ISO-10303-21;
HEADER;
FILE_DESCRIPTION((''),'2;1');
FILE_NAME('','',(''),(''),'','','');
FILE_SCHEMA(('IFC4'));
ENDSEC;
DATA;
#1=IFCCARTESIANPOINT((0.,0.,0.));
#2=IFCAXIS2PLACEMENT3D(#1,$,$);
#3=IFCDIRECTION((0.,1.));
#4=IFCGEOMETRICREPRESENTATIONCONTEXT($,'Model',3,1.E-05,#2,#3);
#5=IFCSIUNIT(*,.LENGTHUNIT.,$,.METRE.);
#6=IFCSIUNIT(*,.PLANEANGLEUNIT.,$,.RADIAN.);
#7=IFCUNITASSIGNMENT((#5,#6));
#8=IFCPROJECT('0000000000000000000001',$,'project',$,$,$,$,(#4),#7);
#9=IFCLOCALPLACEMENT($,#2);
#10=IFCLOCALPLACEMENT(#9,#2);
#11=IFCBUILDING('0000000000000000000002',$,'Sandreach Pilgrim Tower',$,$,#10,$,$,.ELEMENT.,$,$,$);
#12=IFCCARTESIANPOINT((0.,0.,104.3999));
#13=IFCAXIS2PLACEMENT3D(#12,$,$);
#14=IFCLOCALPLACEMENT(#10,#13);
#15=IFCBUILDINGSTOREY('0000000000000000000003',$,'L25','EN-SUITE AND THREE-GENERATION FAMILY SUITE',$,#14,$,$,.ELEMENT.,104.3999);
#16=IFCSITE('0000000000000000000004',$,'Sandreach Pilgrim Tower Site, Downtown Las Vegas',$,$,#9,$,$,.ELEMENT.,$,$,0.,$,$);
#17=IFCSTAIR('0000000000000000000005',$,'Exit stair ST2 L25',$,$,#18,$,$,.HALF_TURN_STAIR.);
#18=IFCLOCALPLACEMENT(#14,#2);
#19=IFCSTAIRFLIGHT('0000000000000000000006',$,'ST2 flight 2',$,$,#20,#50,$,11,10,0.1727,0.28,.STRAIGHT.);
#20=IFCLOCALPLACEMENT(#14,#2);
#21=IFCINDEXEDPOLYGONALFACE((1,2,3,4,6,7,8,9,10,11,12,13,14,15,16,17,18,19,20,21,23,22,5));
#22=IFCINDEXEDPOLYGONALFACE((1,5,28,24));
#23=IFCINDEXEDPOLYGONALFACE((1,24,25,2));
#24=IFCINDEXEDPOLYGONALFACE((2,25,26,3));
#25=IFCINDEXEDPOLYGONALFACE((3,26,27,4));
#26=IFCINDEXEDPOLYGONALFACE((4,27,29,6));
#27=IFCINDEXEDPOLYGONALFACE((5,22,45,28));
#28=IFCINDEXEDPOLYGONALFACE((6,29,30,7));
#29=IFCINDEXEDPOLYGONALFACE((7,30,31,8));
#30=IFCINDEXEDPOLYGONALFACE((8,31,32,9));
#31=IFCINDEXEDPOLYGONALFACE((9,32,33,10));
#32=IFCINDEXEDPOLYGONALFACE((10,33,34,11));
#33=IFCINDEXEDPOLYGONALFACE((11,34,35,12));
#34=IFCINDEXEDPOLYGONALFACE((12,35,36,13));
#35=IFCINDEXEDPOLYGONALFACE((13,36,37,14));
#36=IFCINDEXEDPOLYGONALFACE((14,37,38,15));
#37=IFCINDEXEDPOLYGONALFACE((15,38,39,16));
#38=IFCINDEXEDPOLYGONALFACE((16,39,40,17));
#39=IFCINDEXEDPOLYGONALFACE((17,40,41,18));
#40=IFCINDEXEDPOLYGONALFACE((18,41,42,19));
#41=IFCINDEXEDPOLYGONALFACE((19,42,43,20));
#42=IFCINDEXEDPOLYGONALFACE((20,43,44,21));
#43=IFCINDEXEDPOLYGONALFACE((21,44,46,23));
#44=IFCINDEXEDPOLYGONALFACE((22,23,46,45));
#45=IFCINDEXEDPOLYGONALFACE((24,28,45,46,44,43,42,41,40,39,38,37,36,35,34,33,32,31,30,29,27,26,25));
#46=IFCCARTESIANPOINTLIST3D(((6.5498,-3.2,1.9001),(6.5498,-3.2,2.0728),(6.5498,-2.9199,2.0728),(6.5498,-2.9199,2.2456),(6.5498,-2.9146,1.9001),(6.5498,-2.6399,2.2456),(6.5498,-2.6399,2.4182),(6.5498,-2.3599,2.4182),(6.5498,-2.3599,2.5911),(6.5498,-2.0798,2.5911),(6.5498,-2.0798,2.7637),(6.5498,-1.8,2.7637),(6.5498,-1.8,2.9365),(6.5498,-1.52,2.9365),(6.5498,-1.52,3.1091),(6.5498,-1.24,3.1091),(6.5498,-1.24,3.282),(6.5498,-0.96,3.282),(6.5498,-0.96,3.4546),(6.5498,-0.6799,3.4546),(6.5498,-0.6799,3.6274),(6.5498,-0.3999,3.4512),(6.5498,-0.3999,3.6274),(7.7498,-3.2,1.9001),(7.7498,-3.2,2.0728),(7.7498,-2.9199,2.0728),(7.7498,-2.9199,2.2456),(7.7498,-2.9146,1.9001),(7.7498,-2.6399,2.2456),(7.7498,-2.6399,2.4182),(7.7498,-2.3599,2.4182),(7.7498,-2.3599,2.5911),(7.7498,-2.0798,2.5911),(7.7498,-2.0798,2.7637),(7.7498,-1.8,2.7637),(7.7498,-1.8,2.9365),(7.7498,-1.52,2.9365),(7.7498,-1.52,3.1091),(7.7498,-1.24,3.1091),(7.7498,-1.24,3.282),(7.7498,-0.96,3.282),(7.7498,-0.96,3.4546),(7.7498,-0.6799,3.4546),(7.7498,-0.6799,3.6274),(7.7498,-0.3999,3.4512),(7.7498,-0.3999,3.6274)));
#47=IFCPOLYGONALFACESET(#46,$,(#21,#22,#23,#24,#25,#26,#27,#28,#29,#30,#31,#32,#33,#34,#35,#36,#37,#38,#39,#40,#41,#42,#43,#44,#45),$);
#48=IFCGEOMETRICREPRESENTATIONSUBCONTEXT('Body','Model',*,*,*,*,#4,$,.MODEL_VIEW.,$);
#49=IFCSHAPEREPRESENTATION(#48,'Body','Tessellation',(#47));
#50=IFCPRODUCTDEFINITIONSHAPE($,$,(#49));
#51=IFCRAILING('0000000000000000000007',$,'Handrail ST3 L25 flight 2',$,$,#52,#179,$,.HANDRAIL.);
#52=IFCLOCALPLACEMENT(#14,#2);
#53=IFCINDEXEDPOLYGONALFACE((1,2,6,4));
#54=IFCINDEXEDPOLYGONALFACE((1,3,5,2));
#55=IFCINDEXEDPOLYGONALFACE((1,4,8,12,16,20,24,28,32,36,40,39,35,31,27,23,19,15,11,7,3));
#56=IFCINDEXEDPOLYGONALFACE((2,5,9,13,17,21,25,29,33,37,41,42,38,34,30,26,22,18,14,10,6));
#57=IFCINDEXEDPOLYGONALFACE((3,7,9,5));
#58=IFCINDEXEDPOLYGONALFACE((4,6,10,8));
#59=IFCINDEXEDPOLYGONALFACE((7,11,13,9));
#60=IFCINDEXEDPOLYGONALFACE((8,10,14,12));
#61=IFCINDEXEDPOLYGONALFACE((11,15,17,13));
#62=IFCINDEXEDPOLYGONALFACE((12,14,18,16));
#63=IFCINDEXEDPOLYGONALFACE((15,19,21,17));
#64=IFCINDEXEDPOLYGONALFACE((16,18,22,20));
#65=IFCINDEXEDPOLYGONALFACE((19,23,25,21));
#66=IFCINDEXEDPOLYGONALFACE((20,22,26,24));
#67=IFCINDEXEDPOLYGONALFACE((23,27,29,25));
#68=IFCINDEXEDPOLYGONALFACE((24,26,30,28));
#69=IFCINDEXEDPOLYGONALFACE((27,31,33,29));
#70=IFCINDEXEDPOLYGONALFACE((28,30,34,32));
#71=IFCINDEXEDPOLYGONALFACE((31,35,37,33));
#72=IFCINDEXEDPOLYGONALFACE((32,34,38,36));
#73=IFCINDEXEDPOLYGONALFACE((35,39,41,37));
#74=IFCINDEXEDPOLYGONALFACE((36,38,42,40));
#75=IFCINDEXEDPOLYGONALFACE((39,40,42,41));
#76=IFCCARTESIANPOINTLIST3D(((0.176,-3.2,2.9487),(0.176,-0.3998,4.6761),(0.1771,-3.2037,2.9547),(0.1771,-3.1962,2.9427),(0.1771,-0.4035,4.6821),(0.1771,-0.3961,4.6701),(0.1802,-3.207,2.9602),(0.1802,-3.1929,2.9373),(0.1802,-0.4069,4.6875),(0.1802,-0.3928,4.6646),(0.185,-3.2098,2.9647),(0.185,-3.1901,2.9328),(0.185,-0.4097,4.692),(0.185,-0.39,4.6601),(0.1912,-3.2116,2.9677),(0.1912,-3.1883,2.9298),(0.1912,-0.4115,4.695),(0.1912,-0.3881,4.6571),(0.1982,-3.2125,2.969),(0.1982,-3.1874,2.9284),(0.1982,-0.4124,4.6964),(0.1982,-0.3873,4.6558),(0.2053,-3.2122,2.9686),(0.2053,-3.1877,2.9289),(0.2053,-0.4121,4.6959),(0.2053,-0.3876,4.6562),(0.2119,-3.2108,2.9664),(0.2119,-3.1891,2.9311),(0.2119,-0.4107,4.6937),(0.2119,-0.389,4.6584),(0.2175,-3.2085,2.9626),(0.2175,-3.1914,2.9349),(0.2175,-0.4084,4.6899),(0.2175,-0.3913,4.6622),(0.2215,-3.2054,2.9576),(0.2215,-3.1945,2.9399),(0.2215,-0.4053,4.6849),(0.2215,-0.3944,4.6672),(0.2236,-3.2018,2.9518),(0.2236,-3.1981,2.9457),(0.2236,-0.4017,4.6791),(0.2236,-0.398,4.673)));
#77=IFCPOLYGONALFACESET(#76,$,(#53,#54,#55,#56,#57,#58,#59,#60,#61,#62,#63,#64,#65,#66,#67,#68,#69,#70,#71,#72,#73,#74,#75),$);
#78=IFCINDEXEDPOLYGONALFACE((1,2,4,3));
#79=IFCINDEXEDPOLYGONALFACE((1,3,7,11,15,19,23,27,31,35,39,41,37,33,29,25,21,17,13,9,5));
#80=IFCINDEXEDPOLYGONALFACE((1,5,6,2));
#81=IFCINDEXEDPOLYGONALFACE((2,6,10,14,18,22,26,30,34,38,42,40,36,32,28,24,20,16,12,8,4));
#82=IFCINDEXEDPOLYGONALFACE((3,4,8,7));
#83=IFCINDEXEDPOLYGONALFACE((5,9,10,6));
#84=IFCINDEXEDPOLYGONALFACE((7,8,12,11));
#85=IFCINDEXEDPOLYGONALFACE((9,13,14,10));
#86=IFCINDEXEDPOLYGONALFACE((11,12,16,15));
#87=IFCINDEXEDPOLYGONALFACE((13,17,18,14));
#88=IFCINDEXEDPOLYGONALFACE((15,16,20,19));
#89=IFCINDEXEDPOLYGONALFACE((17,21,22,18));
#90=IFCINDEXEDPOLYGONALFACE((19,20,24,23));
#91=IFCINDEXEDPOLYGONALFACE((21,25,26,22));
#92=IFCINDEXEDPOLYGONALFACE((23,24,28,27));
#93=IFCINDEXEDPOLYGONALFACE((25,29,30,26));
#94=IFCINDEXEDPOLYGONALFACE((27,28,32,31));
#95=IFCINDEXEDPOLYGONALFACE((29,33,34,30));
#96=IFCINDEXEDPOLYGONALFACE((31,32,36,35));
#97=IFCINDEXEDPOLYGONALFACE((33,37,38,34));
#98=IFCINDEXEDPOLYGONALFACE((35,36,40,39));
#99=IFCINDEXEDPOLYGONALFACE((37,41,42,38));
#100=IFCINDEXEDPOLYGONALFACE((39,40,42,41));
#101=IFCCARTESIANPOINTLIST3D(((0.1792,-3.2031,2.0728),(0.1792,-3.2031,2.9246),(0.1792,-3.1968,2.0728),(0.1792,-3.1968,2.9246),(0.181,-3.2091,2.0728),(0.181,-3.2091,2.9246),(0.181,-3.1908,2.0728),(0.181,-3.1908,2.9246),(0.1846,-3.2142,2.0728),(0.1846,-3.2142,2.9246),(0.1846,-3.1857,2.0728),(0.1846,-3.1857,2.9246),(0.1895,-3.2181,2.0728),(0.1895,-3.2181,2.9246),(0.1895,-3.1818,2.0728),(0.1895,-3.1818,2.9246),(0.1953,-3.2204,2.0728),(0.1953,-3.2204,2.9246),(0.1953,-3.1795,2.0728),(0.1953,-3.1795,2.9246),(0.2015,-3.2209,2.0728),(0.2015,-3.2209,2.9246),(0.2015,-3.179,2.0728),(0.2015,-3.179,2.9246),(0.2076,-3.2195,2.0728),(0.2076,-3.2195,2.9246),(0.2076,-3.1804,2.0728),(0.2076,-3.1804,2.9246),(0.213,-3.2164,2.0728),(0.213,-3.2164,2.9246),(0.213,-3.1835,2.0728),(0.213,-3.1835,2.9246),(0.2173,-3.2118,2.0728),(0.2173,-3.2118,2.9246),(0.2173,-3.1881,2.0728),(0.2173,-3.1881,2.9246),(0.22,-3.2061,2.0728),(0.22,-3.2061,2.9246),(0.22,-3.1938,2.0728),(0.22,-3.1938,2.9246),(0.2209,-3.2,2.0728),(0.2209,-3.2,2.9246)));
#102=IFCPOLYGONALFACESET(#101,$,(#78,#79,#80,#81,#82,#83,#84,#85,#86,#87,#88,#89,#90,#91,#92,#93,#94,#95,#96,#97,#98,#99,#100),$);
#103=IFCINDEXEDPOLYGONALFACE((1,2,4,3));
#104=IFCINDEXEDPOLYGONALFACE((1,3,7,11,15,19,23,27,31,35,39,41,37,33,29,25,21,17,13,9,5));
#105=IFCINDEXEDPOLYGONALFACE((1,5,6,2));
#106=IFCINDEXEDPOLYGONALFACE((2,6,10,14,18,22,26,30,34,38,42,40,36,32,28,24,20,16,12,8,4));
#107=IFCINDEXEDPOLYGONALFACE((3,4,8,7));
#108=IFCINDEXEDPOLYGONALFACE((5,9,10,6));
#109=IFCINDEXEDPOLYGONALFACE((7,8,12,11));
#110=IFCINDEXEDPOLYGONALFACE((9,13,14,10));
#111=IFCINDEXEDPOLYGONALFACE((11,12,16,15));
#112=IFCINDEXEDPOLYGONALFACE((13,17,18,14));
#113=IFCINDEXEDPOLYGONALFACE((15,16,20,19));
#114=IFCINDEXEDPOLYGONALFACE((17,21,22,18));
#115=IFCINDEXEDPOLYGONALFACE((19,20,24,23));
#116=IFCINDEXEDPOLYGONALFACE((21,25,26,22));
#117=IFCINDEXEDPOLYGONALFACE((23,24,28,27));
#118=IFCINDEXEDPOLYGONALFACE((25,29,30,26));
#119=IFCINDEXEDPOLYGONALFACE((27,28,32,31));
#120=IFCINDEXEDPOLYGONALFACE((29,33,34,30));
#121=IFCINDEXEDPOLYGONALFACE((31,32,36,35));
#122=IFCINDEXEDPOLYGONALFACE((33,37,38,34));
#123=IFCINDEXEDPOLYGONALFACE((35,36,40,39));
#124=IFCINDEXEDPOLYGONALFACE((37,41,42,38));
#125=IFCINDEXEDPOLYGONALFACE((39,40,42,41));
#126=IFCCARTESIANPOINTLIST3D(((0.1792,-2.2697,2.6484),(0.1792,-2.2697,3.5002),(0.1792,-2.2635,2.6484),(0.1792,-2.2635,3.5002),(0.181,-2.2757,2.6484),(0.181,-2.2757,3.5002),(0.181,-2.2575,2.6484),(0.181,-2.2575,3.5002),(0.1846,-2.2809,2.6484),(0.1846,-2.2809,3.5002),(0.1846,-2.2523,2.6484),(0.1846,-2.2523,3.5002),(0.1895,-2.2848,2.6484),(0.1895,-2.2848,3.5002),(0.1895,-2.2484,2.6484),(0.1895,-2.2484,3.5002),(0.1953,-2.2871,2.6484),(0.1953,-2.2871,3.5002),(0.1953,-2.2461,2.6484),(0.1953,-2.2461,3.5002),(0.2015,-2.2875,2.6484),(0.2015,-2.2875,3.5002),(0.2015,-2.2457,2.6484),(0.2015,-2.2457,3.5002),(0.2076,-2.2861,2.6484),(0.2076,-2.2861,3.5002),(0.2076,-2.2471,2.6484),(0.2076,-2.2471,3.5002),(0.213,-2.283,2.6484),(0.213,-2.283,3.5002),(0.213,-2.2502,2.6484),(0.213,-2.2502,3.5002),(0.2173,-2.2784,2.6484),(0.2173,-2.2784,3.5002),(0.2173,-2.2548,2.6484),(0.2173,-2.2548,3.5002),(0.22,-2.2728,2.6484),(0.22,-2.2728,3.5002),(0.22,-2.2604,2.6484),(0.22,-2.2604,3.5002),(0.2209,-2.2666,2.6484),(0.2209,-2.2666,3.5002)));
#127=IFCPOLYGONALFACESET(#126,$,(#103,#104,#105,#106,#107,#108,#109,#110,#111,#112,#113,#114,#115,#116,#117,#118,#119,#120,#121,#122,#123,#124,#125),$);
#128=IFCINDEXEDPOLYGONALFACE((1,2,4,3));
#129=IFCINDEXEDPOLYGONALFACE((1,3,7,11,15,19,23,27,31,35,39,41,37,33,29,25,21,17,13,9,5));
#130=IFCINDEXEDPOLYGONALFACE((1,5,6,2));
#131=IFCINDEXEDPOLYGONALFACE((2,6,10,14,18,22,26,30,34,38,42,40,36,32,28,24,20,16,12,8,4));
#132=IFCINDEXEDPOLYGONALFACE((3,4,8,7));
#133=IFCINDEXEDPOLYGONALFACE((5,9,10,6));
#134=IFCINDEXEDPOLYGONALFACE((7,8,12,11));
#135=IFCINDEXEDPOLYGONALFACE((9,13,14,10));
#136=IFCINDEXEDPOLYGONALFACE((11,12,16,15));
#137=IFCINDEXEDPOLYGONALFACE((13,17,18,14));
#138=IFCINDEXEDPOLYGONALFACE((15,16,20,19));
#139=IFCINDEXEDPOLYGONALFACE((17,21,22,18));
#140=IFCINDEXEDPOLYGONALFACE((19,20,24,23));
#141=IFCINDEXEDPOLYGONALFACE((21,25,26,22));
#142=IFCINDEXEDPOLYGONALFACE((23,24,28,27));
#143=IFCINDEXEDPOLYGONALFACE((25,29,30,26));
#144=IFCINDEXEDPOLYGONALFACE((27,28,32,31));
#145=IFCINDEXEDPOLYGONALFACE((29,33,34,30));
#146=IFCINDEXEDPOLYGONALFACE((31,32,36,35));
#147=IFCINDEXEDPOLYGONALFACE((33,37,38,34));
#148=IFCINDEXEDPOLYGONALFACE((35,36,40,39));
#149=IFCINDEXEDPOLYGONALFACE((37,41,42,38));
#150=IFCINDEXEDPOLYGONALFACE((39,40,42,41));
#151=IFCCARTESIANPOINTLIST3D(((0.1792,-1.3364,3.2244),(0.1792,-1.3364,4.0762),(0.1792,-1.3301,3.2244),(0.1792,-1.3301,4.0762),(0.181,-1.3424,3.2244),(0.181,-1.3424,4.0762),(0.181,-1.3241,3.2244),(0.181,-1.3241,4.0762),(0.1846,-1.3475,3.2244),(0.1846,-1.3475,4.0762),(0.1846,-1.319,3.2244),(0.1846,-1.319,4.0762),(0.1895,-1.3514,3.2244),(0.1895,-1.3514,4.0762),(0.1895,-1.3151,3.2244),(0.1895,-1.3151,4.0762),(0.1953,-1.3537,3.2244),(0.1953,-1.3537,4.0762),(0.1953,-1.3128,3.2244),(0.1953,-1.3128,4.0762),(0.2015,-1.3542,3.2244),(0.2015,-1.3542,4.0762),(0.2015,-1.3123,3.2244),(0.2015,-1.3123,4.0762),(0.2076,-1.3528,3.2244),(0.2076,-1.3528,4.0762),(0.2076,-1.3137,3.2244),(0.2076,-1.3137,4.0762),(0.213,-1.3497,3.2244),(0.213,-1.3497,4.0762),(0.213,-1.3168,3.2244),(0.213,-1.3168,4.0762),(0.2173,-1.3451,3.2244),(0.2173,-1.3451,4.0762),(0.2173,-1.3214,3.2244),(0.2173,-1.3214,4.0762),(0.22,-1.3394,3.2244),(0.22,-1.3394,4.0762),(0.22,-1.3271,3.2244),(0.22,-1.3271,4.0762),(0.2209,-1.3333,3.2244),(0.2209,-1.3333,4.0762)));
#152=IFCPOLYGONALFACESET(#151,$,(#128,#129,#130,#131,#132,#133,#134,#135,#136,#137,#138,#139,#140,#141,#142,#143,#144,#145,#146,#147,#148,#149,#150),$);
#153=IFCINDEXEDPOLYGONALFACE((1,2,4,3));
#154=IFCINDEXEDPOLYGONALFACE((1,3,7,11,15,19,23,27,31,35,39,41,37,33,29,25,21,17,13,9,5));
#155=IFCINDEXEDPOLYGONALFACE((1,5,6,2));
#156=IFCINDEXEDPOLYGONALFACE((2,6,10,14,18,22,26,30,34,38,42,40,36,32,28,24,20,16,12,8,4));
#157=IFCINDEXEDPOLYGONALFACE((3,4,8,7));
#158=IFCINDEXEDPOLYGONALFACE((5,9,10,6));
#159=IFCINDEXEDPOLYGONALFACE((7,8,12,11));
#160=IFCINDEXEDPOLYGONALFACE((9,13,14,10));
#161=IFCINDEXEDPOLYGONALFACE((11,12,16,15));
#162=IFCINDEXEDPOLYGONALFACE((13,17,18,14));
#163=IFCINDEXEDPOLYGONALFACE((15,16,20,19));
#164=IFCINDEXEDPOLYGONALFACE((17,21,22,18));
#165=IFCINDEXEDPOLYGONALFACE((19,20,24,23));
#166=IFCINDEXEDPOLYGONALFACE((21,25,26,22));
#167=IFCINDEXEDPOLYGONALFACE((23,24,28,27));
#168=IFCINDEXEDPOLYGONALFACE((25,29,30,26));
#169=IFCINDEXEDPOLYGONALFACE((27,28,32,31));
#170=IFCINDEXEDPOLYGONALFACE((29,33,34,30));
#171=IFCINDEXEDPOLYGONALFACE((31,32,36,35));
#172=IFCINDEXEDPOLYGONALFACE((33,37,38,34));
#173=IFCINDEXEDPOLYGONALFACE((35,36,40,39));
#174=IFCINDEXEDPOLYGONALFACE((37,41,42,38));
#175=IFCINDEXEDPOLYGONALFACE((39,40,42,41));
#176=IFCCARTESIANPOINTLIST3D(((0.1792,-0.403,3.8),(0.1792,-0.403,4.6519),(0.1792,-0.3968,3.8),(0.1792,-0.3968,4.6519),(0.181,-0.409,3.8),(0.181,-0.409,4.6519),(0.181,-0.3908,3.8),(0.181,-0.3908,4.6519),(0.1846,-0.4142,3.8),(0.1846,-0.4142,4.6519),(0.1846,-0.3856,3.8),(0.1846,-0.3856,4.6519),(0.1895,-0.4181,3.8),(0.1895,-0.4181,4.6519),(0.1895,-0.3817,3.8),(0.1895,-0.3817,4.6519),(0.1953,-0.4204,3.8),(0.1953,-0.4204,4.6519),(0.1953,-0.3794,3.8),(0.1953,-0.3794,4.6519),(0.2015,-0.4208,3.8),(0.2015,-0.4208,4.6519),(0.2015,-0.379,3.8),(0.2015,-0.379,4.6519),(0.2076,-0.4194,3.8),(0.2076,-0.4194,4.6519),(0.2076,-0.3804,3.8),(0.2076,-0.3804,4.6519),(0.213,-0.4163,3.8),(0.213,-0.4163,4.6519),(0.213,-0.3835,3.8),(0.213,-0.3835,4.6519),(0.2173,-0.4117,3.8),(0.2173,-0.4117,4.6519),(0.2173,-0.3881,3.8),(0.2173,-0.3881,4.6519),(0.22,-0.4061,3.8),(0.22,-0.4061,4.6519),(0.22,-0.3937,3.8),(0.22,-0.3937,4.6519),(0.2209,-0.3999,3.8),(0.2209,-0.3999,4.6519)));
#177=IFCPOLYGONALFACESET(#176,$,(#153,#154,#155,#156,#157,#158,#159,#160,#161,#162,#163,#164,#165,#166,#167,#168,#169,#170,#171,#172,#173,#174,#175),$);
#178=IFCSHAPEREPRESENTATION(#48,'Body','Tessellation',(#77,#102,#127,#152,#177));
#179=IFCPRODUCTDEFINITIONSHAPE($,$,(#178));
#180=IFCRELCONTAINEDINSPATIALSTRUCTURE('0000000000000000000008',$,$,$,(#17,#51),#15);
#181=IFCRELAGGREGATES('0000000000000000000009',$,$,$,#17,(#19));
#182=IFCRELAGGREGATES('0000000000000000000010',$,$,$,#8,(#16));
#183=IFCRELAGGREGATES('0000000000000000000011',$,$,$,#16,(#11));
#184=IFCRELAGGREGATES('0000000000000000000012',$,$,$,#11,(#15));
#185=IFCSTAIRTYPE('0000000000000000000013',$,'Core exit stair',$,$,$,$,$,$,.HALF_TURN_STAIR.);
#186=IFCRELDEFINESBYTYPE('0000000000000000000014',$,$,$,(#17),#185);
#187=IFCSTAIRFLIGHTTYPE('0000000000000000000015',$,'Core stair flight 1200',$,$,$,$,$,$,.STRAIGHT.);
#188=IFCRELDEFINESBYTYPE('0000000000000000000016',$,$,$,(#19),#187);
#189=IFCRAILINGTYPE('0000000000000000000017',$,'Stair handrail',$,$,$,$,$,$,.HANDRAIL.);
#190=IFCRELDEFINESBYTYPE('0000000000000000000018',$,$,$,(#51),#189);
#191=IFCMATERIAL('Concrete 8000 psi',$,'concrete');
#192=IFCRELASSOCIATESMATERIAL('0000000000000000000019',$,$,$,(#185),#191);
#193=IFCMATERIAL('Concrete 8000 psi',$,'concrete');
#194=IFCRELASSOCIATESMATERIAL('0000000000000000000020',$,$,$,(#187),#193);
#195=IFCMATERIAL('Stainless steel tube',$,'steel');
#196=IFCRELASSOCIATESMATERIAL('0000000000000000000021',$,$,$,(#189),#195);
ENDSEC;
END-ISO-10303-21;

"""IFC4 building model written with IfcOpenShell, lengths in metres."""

from ifc_helpers import new_model, si_unit, direction, frame, origin, origin_2d, place, context, subcontext, project, spatial, polyline, circle, outline, extrude, material, type_object, element, aggregate, save


model = new_model("IFC4")

# Units and contexts
model_context = context("Model", 3, precision=1e-05, world=origin(), true_north=direction((0.0, 1.0)))
body_context = subcontext(model_context, "Body", "Model", "MODEL_VIEW")
ifc_project = project(units=[si_unit("LENGTHUNIT", "METRE"), si_unit("PLANEANGLEUNIT", "RADIAN")], contexts=[model_context])

# Site, building, storey
site_placement = place(None, origin())
site = spatial("IfcSite", under=ifc_project, at=site_placement, Name="Sandreach Pilgrim Tower Site, Downtown Las Vegas", CompositionType="ELEMENT", RefElevation=0.0)
building_placement = place(site_placement, origin())
building = spatial("IfcBuilding", under=site, at=building_placement, Name="Sandreach Pilgrim Tower", CompositionType="ELEMENT")
storey_placement = place(building_placement, frame((0.0, 0.0, 104.3999)))
storey = spatial("IfcBuildingStorey", under=building, at=storey_placement, Name="L25", Description="EN-SUITE AND THREE-GENERATION FAMILY SUITE", CompositionType="ELEMENT", Elevation=104.3999)

# Shared definitions
ifc_material_1 = material(Name="Concrete 8000 psi", Category="concrete")
stair_type = type_object("IfcStairType", Name="Core exit stair", PredefinedType="HALF_TURN_STAIR", material=ifc_material_1)

# Stair
stair_1_placement = place(storey_placement, origin())
stair_1 = element("IfcStair", 1, at=stair_1_placement, inside=storey, type_object=stair_type, Name="Exit stair ST2 L25", PredefinedType="HALF_TURN_STAIR")

# Stair flight
ifc_material_2 = material(Name="Concrete 8000 psi", Category="concrete")
stair_flight_type = type_object("IfcStairFlightType", Name="Core stair flight 1200", PredefinedType="STRAIGHT", material=ifc_material_2)
stair_flight_1_placement = place(storey_placement, frame((7.1499, -3.2, 1.9001), z_axis=(0.0, 0.0, 1.0), x_axis=(0.0, 1.0, 0.0)))
stair_flight_1 = element("IfcStairFlight", 2, at=stair_flight_1_placement, type_object=stair_flight_type, Name="ST2 flight 2", NumberOfRisers=11, NumberOfTreads=10, PredefinedType="STRAIGHT", RiserHeight=0.1727, TreadLength=0.28, context=body_context, shape_type="SweptSolid", body=[
    extrude(outline(polyline([(0.0, 0.0), (0.0, 0.1726), (0.28, 0.1726), (0.28, 0.3455), (0.5601, 0.3455), (0.5601, 0.5181), (0.8401, 0.5181), (0.8401, 0.6909), (1.1201, 0.6909), (1.1201, 0.8635), (1.3999, 0.8635), (1.3999, 1.0364), (1.6799, 1.0364), (1.6799, 1.209), (1.96, 1.209), (1.96, 1.3818), (2.24, 1.3818), (2.24, 1.5544), (2.52, 1.5544), (2.52, 1.7273), (2.8, 1.7273), (2.8, 1.8999), (2.8, 1.551), (0.2854, 0.0), (0.0, 0.0)])), frame((0.0, 0.6001, 0.0), z_axis=(0.0, -1.0, 0.0), x_axis=(1.0, 0.0, 0.0)), (0.0, 0.0, 1.0), 1.2),
])
aggregate(stair_1, [stair_flight_1])

# Railing
ifc_material_3 = material(Name="Stainless steel tube", Category="steel")
railing_type = type_object("IfcRailingType", Name="Stair handrail", PredefinedType="HANDRAIL", material=ifc_material_3)
for number, where, name in (
    (3, (0.2, -3.2, 2.0728), "Handrail ST3 L25 flight 2"),
):
    element("IfcRailing", number, at=place(storey_placement, frame(where)), inside=storey, type_object=railing_type, Name=name, PredefinedType="HANDRAIL", context=body_context, shape_type="SweptSolid", body=[
        extrude(circle(Radius=0.0239, at=origin_2d()), frame((0.0, 0.0, 0.876), z_axis=(0.0, 0.85109, 0.52502), x_axis=(-1.0, 0.0, 0.0)), (0.0, 0.0, 1.0), 3.29),
        extrude(circle(Radius=0.021, at=origin_2d()), origin(), (0.0, 0.0, 1.0), 0.8518),
        extrude(circle(Radius=0.021, at=origin_2d()), frame((0.0, 0.9333, 0.5757)), (0.0, 0.0, 1.0), 0.8518),
        extrude(circle(Radius=0.021, at=origin_2d()), frame((0.0, 1.8667, 1.1516)), (0.0, 0.0, 1.0), 0.8518),
        extrude(circle(Radius=0.021, at=origin_2d()), frame((0.0, 2.8, 1.7273)), (0.0, 0.0, 1.0), 0.8518),
    ])

save(model, "model.ifc")
